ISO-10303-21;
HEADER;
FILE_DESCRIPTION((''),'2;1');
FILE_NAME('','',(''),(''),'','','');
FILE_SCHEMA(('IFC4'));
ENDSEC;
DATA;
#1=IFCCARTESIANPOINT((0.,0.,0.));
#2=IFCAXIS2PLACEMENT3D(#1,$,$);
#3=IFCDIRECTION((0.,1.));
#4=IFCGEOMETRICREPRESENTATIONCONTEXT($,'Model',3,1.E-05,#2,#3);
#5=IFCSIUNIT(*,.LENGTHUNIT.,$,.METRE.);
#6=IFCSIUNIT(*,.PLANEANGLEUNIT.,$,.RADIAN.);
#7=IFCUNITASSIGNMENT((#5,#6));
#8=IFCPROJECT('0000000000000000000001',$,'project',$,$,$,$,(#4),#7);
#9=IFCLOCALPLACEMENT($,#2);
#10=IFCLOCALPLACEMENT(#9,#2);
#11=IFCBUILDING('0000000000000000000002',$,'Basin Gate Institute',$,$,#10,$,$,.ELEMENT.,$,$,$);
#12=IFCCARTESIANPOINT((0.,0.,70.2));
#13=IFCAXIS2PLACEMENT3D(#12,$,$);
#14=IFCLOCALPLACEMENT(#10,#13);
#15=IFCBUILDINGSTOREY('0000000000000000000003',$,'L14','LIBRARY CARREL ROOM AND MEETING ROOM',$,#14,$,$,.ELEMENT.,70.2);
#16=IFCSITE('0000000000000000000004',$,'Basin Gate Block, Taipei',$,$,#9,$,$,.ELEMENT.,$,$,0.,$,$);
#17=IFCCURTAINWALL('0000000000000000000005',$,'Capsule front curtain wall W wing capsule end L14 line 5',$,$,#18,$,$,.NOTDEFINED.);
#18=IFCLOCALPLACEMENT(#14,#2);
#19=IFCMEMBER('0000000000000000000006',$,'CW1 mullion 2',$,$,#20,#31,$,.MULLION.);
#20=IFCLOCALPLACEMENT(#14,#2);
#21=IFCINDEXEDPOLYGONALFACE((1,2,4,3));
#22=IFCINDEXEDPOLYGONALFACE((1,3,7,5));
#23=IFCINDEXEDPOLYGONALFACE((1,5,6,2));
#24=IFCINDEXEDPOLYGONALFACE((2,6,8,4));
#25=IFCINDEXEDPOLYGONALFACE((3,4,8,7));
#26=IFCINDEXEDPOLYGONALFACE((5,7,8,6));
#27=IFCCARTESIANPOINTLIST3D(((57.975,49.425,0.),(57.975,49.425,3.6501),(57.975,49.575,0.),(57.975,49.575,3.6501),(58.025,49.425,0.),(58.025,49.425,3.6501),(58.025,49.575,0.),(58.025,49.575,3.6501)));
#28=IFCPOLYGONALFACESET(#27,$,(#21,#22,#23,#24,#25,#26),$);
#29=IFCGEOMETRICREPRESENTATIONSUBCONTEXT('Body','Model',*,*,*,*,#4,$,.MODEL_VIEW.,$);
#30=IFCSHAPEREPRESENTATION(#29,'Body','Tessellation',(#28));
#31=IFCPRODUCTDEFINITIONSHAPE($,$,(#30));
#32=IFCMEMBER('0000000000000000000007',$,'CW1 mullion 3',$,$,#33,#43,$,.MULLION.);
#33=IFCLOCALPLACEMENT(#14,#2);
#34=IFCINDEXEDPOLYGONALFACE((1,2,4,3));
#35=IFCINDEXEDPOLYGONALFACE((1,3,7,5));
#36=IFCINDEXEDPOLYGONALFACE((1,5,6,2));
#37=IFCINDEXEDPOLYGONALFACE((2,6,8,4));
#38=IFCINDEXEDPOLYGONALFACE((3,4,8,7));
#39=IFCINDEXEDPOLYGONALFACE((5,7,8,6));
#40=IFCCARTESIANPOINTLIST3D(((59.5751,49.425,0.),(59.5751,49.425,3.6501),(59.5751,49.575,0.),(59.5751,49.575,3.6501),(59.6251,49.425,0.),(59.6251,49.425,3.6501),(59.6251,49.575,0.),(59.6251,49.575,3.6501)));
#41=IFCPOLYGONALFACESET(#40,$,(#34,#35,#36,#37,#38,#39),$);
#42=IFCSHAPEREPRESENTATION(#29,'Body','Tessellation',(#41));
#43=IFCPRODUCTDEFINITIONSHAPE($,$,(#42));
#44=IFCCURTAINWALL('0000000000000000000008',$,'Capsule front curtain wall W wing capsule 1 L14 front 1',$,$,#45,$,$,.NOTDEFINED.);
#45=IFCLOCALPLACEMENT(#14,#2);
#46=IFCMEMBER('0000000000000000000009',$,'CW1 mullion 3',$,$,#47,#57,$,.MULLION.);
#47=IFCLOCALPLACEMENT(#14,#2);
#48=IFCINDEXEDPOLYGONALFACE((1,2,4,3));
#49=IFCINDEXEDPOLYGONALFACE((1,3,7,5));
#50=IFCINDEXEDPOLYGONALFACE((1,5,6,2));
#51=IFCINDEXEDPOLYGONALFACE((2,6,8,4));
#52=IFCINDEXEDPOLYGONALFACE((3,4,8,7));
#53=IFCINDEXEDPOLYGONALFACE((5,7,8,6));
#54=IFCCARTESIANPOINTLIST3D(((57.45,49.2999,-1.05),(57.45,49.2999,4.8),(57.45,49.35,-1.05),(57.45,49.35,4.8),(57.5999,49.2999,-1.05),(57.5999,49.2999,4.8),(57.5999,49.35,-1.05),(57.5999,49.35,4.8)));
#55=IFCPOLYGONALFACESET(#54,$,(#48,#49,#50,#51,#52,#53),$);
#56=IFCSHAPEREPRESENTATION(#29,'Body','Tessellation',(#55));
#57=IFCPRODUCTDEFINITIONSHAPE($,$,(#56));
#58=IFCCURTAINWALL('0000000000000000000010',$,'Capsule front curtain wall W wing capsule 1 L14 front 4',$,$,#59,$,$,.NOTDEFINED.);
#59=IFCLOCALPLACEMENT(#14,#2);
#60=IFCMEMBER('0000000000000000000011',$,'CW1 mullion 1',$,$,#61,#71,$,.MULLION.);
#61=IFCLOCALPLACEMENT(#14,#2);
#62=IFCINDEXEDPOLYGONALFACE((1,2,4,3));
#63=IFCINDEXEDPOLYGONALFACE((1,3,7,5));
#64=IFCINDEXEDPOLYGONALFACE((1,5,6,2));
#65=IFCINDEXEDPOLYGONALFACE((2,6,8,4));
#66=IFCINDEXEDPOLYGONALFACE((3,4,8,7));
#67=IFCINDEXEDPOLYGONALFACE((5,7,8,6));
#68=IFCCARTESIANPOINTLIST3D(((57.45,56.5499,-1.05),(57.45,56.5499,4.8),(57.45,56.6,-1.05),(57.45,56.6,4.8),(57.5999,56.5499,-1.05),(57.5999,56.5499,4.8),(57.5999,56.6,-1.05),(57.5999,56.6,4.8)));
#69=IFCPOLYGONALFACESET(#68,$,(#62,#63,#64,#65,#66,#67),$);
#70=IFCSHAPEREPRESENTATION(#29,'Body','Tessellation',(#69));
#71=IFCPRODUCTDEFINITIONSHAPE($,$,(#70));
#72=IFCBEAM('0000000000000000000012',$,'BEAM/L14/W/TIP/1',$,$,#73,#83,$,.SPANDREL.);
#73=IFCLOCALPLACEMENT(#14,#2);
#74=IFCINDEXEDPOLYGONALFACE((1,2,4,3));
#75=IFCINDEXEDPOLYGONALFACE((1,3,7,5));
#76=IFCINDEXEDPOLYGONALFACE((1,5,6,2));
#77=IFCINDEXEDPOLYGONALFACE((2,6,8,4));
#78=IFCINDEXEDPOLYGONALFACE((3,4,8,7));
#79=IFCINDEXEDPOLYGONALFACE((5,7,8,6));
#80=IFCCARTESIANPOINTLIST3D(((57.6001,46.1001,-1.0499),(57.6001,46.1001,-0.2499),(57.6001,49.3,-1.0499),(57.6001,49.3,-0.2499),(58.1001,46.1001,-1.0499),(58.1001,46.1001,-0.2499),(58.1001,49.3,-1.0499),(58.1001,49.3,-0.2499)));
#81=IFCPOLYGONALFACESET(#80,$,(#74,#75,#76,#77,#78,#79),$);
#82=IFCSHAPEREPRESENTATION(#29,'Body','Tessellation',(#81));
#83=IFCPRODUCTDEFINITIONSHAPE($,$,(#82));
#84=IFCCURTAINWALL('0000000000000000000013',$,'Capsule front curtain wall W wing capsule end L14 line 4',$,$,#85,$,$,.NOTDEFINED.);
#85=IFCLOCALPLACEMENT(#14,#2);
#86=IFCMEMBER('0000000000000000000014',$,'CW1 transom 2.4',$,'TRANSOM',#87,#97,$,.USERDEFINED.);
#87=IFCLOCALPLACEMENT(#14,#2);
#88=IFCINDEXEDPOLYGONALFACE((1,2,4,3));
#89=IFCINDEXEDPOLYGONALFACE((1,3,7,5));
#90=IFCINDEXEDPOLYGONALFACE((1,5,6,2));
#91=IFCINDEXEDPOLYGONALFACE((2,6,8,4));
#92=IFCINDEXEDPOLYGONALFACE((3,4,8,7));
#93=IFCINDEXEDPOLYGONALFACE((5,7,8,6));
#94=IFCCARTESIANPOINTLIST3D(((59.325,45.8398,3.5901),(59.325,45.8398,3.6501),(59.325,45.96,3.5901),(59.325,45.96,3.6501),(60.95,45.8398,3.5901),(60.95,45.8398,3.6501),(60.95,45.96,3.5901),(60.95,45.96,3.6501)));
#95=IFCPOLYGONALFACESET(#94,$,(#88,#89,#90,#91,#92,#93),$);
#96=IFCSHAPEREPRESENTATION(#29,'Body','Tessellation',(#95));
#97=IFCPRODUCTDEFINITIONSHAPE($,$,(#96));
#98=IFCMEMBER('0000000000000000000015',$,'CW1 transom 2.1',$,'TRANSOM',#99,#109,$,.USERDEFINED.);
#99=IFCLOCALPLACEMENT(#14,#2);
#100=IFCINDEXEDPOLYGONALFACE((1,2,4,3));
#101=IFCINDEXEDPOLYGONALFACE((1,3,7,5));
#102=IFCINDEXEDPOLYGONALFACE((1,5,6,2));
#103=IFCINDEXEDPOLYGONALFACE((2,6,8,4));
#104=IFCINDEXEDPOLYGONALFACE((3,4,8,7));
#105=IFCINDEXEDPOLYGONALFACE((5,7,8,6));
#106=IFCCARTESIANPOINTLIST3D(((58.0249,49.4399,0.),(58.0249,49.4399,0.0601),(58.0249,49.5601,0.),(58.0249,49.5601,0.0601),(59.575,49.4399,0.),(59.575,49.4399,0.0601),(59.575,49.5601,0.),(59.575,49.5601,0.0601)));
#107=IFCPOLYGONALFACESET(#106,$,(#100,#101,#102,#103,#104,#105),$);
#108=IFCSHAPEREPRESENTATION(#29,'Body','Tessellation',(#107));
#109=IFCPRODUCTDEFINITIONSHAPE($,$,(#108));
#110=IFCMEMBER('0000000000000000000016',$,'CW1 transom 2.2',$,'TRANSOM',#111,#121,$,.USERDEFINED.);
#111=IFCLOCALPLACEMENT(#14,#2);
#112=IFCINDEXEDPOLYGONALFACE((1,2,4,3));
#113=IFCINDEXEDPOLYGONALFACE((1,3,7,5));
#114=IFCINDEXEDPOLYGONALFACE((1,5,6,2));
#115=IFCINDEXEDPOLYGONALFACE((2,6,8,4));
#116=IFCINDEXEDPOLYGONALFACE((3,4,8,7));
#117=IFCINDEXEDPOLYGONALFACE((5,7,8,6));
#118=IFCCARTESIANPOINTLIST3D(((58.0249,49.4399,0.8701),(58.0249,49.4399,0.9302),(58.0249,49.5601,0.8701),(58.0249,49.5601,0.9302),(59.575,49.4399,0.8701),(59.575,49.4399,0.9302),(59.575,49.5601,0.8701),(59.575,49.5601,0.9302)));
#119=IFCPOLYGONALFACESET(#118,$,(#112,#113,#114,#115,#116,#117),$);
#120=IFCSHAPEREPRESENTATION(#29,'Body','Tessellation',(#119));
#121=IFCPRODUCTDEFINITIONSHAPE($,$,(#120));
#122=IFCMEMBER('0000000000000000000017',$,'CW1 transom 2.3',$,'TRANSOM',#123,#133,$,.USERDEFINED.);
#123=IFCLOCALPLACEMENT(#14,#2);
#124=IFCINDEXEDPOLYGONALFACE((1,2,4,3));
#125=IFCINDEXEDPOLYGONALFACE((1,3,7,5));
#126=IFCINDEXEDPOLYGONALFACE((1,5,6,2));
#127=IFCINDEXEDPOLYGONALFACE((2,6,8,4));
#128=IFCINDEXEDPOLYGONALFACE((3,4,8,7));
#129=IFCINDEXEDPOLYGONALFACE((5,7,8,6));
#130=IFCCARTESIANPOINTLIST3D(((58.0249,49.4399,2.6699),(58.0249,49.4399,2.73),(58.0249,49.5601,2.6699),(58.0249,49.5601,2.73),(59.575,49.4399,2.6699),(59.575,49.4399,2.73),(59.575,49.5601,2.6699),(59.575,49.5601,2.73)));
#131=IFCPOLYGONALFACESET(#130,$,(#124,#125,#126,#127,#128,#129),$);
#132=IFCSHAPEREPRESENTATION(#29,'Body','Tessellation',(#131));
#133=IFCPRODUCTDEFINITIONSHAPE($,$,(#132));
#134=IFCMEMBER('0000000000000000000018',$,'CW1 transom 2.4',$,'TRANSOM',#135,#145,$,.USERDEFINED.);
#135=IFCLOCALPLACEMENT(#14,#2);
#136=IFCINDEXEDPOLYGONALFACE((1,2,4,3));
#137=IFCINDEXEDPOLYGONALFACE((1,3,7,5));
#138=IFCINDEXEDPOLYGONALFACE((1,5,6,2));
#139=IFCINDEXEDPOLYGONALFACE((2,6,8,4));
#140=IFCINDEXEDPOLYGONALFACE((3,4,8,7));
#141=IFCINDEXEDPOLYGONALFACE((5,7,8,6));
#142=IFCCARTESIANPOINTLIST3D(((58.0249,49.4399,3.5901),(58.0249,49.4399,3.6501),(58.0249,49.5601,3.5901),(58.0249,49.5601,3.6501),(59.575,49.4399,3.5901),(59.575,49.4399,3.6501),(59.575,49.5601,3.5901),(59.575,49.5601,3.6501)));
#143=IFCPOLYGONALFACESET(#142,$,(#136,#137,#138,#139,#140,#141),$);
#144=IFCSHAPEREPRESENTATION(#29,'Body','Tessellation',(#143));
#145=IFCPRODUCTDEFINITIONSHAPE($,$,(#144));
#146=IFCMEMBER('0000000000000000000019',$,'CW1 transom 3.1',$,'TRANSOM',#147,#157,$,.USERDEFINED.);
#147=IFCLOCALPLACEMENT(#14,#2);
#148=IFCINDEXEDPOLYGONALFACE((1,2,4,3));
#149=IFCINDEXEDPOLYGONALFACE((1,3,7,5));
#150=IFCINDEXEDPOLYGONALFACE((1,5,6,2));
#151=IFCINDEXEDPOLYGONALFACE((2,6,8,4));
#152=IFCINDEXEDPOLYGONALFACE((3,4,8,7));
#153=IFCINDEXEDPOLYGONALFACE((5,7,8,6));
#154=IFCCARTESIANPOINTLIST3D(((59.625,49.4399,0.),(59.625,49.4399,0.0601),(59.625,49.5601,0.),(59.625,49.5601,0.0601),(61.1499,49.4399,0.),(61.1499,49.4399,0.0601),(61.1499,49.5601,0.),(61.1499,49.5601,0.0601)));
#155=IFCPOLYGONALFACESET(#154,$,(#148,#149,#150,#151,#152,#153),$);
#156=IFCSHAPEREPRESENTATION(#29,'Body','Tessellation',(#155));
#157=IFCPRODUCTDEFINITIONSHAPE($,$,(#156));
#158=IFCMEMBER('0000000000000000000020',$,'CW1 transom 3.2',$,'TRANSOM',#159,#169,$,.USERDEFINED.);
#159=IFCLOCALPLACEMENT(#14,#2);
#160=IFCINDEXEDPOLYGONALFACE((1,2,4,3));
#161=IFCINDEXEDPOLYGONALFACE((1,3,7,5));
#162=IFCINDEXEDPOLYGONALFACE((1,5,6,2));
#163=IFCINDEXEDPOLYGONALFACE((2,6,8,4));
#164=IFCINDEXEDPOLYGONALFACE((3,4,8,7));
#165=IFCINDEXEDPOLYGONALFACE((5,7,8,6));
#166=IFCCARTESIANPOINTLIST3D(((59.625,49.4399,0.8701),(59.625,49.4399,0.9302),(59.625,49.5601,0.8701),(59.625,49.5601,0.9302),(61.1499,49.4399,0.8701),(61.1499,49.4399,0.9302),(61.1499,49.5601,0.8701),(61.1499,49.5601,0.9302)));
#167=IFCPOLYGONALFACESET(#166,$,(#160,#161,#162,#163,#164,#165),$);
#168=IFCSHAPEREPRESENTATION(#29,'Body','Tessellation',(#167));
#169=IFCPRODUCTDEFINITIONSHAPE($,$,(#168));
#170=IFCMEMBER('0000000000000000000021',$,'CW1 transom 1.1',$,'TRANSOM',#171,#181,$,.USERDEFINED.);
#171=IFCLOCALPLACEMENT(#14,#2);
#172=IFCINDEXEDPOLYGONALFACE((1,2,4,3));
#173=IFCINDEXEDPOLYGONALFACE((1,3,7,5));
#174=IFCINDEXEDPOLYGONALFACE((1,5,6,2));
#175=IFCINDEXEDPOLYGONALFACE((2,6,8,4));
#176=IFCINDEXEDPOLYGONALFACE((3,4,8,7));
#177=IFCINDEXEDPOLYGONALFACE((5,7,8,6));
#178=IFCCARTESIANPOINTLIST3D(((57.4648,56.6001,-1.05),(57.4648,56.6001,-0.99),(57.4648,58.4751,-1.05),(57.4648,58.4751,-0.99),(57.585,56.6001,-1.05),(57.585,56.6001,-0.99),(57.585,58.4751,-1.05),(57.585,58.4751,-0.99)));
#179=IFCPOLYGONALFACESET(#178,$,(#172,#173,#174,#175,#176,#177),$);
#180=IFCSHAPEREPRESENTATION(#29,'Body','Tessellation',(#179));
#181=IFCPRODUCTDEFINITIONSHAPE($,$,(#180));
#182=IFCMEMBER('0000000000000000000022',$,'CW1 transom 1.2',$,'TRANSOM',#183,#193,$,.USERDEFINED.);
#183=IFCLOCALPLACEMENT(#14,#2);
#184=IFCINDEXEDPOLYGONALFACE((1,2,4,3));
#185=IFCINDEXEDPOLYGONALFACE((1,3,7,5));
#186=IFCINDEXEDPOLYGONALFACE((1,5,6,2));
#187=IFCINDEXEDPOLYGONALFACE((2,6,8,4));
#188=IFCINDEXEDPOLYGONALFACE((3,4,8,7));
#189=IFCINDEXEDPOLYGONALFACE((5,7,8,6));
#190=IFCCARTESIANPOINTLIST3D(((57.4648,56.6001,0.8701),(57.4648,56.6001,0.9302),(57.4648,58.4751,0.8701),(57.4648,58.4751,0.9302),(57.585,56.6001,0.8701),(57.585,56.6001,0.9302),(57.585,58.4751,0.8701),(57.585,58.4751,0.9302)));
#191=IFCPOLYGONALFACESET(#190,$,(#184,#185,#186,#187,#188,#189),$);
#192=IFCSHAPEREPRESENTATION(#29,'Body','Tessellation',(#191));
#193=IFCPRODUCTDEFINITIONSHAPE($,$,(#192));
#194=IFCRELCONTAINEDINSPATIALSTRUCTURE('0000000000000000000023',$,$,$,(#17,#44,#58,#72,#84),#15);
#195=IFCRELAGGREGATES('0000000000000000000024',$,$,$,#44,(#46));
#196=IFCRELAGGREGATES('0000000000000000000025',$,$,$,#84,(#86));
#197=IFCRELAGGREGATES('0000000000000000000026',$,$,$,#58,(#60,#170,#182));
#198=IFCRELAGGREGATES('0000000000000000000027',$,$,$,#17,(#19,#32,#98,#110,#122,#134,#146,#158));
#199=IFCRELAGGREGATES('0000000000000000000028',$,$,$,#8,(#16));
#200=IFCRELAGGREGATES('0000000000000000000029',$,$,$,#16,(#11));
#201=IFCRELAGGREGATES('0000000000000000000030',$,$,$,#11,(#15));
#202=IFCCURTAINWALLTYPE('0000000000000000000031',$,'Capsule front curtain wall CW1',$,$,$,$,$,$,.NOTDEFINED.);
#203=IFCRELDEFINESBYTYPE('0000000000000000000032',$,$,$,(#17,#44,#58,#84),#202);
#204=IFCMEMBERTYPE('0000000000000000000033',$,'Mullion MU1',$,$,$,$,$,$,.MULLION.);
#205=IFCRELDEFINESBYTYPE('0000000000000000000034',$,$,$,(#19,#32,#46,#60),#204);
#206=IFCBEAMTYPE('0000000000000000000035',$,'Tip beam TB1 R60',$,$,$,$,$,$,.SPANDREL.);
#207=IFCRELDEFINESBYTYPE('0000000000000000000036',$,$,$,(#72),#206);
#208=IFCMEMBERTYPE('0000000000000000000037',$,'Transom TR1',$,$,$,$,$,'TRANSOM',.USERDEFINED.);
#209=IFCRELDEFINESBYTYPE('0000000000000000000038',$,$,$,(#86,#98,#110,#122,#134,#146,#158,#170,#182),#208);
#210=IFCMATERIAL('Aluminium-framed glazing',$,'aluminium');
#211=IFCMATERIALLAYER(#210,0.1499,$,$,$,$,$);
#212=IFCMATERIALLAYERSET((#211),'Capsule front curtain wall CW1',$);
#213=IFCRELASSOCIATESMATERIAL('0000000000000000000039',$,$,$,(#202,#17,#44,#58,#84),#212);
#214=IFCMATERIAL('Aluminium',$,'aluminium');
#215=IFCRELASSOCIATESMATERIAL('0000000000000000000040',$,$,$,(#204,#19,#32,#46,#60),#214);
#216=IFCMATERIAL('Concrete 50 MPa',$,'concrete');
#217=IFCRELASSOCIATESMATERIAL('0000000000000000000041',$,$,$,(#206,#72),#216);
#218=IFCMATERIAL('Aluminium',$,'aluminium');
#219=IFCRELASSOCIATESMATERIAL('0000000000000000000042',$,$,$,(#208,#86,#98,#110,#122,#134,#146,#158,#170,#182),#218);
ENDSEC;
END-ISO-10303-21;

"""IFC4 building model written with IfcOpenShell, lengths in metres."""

from ifc_helpers import new_model, si_unit, direction, frame, origin, origin_2d, place, context, subcontext, project, spatial, rectangle, extrude, material, layer, layer_set, material_profile, profile_set, type_object, element, aggregate, save


model = new_model("IFC4")

# Units and contexts
model_context = context("Model", 3, precision=1e-05, world=origin(), true_north=direction((0.0, 1.0)))
body_context = subcontext(model_context, "Body", "Model", "MODEL_VIEW")
ifc_project = project(units=[si_unit("LENGTHUNIT", "METRE"), si_unit("PLANEANGLEUNIT", "RADIAN")], contexts=[model_context])

# Site, building, storey
site_placement = place(None, origin())
site = spatial("IfcSite", under=ifc_project, at=site_placement, Name="Basin Gate Block, Taipei", CompositionType="ELEMENT", RefElevation=0.0)
building_placement = place(site_placement, origin())
building = spatial("IfcBuilding", under=site, at=building_placement, Name="Basin Gate Institute", CompositionType="ELEMENT")
storey_placement = place(building_placement, frame((0.0, 0.0, 70.2)))
storey = spatial("IfcBuildingStorey", under=building, at=storey_placement, Name="L14", Description="LIBRARY CARREL ROOM AND MEETING ROOM", CompositionType="ELEMENT", Elevation=70.2)

# Curtain wall, members
ifc_material_1 = material(Name="Aluminium-framed glazing", Category="aluminium")
ifc_layer_1 = layer(ifc_material_1, 0.1499)
ifc_layer_set_1 = layer_set([ifc_layer_1], Name="Capsule front curtain wall CW1")
curtain_wall_type = type_object("IfcCurtainWallType", Name="Capsule front curtain wall CW1", PredefinedType="NOTDEFINED", material=ifc_layer_set_1)
curtain_wall_1_placement = place(storey_placement, origin())
curtain_wall_1 = element("IfcCurtainWall", 1, at=curtain_wall_1_placement, inside=storey, type_object=curtain_wall_type, material=ifc_layer_set_1, Name="Capsule front curtain wall W wing capsule end L14 line 5", PredefinedType="NOTDEFINED")
ifc_material_2 = material(Name="Aluminium", Category="aluminium")
ifc_material_profile_1 = material_profile(ifc_material_2, rectangle(XDim=0.1499, YDim=0.05, at=origin_2d()), Name="Mullion MU1 150 x 50")
ifc_profile_set_1 = profile_set([ifc_material_profile_1], Name="Aluminium")
member_type_1 = type_object("IfcMemberType", Name="Mullion MU1", PredefinedType="MULLION", material=ifc_profile_set_1)
member_1_placement = place(storey_placement, frame((58.0, 49.5, 0.0), z_axis=(0.0, 0.0, 1.0), x_axis=(0.0, 1.0, 0.0)))
member_1 = element("IfcMember", 2, at=member_1_placement, type_object=member_type_1, material=ifc_profile_set_1, Name="CW1 mullion 2", PredefinedType="MULLION", context=body_context, shape_type="SweptSolid", body=[
    extrude(rectangle(XDim=0.1499, YDim=0.05, at=origin_2d()), origin(), (0.0, 0.0, 1.0), 3.6501),
])
member_2_placement = place(storey_placement, frame((59.6001, 49.5, 0.0), z_axis=(0.0, 0.0, 1.0), x_axis=(0.0, 1.0, 0.0)))
member_2 = element("IfcMember", 3, at=member_2_placement, type_object=member_type_1, material=ifc_profile_set_1, Name="CW1 mullion 3", PredefinedType="MULLION", context=body_context, shape_type="SweptSolid", body=[
    extrude(rectangle(XDim=0.1499, YDim=0.05, at=origin_2d()), origin(), (0.0, 0.0, 1.0), 3.6501),
])

# Curtain walls, members
curtain_wall_2_placement = place(storey_placement, origin())
curtain_wall_2 = element("IfcCurtainWall", 4, at=curtain_wall_2_placement, inside=storey, type_object=curtain_wall_type, material=ifc_layer_set_1, Name="Capsule front curtain wall W wing capsule 1 L14 front 1", PredefinedType="NOTDEFINED")
member_3_placement = place(storey_placement, frame((57.5249, 49.325, -1.05), z_axis=(0.0, 0.0, 1.0), x_axis=(-1.0, 0.0, 0.0)))
member_3 = element("IfcMember", 5, at=member_3_placement, type_object=member_type_1, material=ifc_profile_set_1, Name="CW1 mullion 3", PredefinedType="MULLION", context=body_context, shape_type="SweptSolid", body=[
    extrude(rectangle(XDim=0.1499, YDim=0.05, at=origin_2d()), origin(), (0.0, 0.0, 1.0), 5.8501),
])
aggregate(curtain_wall_2, [member_3])
curtain_wall_3_placement = place(storey_placement, origin())
curtain_wall_3 = element("IfcCurtainWall", 6, at=curtain_wall_3_placement, inside=storey, type_object=curtain_wall_type, material=ifc_layer_set_1, Name="Capsule front curtain wall W wing capsule 1 L14 front 4", PredefinedType="NOTDEFINED")
member_4_placement = place(storey_placement, frame((57.5249, 56.575, -1.05), z_axis=(0.0, 0.0, 1.0), x_axis=(-1.0, 0.0, 0.0)))
member_4 = element("IfcMember", 7, at=member_4_placement, type_object=member_type_1, material=ifc_profile_set_1, Name="CW1 mullion 1", PredefinedType="MULLION", context=body_context, shape_type="SweptSolid", body=[
    extrude(rectangle(XDim=0.1499, YDim=0.05, at=origin_2d()), origin(), (0.0, 0.0, 1.0), 5.8501),
])

# Beam
ifc_material_3 = material(Name="Concrete 50 MPa", Category="concrete")
ifc_material_profile_2 = material_profile(ifc_material_3, rectangle(XDim=0.5, YDim=0.8, at=origin_2d()), Name="Tip beam TB1 500 x 800")
ifc_profile_set_2 = profile_set([ifc_material_profile_2], Name="Concrete 50 MPa")
beam_type = type_object("IfcBeamType", Name="Tip beam TB1 R60", PredefinedType="SPANDREL", material=ifc_profile_set_2)
beam_placement = place(storey_placement, frame((57.8501, 46.1001, -0.6499), z_axis=(0.0, 1.0, 0.0), x_axis=(-1.0, 0.0, 0.0)))
element("IfcBeam", 8, at=beam_placement, inside=storey, type_object=beam_type, material=ifc_profile_set_2, Name="BEAM/L14/W/TIP/1", PredefinedType="SPANDREL", context=body_context, shape_type="SweptSolid", body=[
    extrude(rectangle(XDim=0.5, YDim=0.8, at=origin_2d()), origin(), (0.0, 0.0, 1.0), 3.2),
])

# Curtain wall, member
curtain_wall_4_placement = place(storey_placement, origin())
curtain_wall_4 = element("IfcCurtainWall", 9, at=curtain_wall_4_placement, inside=storey, type_object=curtain_wall_type, material=ifc_layer_set_1, Name="Capsule front curtain wall W wing capsule end L14 line 4", PredefinedType="NOTDEFINED")
ifc_material_4 = material(Name="Aluminium", Category="aluminium")
ifc_material_profile_3 = material_profile(ifc_material_4, rectangle(XDim=0.1201, YDim=0.0601, at=origin_2d()), Name="Transom TR1 120 x 60")
ifc_profile_set_3 = profile_set([ifc_material_profile_3], Name="Aluminium")
member_type_2 = type_object("IfcMemberType", Name="Transom TR1", ElementType="TRANSOM", PredefinedType="USERDEFINED", material=ifc_profile_set_3)
member_5_placement = place(storey_placement, frame((59.325, 45.8999, 3.6201), z_axis=(1.0, 0.0, 0.0), x_axis=(0.0, 1.0, 0.0)))
member_5 = element("IfcMember", 10, at=member_5_placement, type_object=member_type_2, material=ifc_profile_set_3, Name="CW1 transom 2.4", ObjectType="TRANSOM", PredefinedType="USERDEFINED", context=body_context, shape_type="SweptSolid", body=[
    extrude(rectangle(XDim=0.1201, YDim=0.0601, at=origin_2d()), origin(), (0.0, 0.0, 1.0), 1.625),
])
aggregate(curtain_wall_4, [member_5])

# Members
member_6_placement = place(storey_placement, frame((58.0249, 49.5, 0.03), z_axis=(1.0, 0.0, 0.0), x_axis=(0.0, 1.0, 0.0)))
member_6 = element("IfcMember", 11, at=member_6_placement, type_object=member_type_2, material=ifc_profile_set_3, Name="CW1 transom 2.1", ObjectType="TRANSOM", PredefinedType="USERDEFINED", context=body_context, shape_type="SweptSolid", body=[
    extrude(rectangle(XDim=0.1201, YDim=0.0601, at=origin_2d()), origin(), (0.0, 0.0, 1.0), 1.55),
])
member_7_placement = place(storey_placement, frame((58.0249, 49.5, 0.9001), z_axis=(1.0, 0.0, 0.0), x_axis=(0.0, 1.0, 0.0)))
member_7 = element("IfcMember", 12, at=member_7_placement, type_object=member_type_2, material=ifc_profile_set_3, Name="CW1 transom 2.2", ObjectType="TRANSOM", PredefinedType="USERDEFINED", context=body_context, shape_type="SweptSolid", body=[
    extrude(rectangle(XDim=0.1201, YDim=0.0601, at=origin_2d()), origin(), (0.0, 0.0, 1.0), 1.55),
])
member_8_placement = place(storey_placement, frame((58.0249, 49.5, 2.7), z_axis=(1.0, 0.0, 0.0), x_axis=(0.0, 1.0, 0.0)))
member_8 = element("IfcMember", 13, at=member_8_placement, type_object=member_type_2, material=ifc_profile_set_3, Name="CW1 transom 2.3", ObjectType="TRANSOM", PredefinedType="USERDEFINED", context=body_context, shape_type="SweptSolid", body=[
    extrude(rectangle(XDim=0.1201, YDim=0.0601, at=origin_2d()), origin(), (0.0, 0.0, 1.0), 1.55),
])
member_9_placement = place(storey_placement, frame((58.0249, 49.5, 3.6201), z_axis=(1.0, 0.0, 0.0), x_axis=(0.0, 1.0, 0.0)))
member_9 = element("IfcMember", 14, at=member_9_placement, type_object=member_type_2, material=ifc_profile_set_3, Name="CW1 transom 2.4", ObjectType="TRANSOM", PredefinedType="USERDEFINED", context=body_context, shape_type="SweptSolid", body=[
    extrude(rectangle(XDim=0.1201, YDim=0.0601, at=origin_2d()), origin(), (0.0, 0.0, 1.0), 1.55),
])
member_10_placement = place(storey_placement, frame((59.625, 49.5, 0.03), z_axis=(1.0, 0.0, 0.0), x_axis=(0.0, 1.0, 0.0)))
member_10 = element("IfcMember", 15, at=member_10_placement, type_object=member_type_2, material=ifc_profile_set_3, Name="CW1 transom 3.1", ObjectType="TRANSOM", PredefinedType="USERDEFINED", context=body_context, shape_type="SweptSolid", body=[
    extrude(rectangle(XDim=0.1201, YDim=0.0601, at=origin_2d()), origin(), (0.0, 0.0, 1.0), 1.5249),
])
member_11_placement = place(storey_placement, frame((59.625, 49.5, 0.9001), z_axis=(1.0, 0.0, 0.0), x_axis=(0.0, 1.0, 0.0)))
member_11 = element("IfcMember", 16, at=member_11_placement, type_object=member_type_2, material=ifc_profile_set_3, Name="CW1 transom 3.2", ObjectType="TRANSOM", PredefinedType="USERDEFINED", context=body_context, shape_type="SweptSolid", body=[
    extrude(rectangle(XDim=0.1201, YDim=0.0601, at=origin_2d()), origin(), (0.0, 0.0, 1.0), 1.5249),
])
member_12_placement = place(storey_placement, frame((57.5249, 56.6001, -1.02), z_axis=(0.0, 1.0, 0.0), x_axis=(-1.0, 0.0, 0.0)))
member_12 = element("IfcMember", 17, at=member_12_placement, type_object=member_type_2, material=ifc_profile_set_3, Name="CW1 transom 1.1", ObjectType="TRANSOM", PredefinedType="USERDEFINED", context=body_context, shape_type="SweptSolid", body=[
    extrude(rectangle(XDim=0.1201, YDim=0.0601, at=origin_2d()), origin(), (0.0, 0.0, 1.0), 1.875),
])
member_13_placement = place(storey_placement, frame((57.5249, 56.6001, 0.9001), z_axis=(0.0, 1.0, 0.0), x_axis=(-1.0, 0.0, 0.0)))
member_13 = element("IfcMember", 18, at=member_13_placement, type_object=member_type_2, material=ifc_profile_set_3, Name="CW1 transom 1.2", ObjectType="TRANSOM", PredefinedType="USERDEFINED", context=body_context, shape_type="SweptSolid", body=[
    extrude(rectangle(XDim=0.1201, YDim=0.0601, at=origin_2d()), origin(), (0.0, 0.0, 1.0), 1.875),
])
aggregate(curtain_wall_3, [member_4, member_12, member_13])

aggregate(curtain_wall_1, [member_1, member_2, member_6, member_7, member_8, member_9, member_10, member_11])

save(model, "model.ifc")
